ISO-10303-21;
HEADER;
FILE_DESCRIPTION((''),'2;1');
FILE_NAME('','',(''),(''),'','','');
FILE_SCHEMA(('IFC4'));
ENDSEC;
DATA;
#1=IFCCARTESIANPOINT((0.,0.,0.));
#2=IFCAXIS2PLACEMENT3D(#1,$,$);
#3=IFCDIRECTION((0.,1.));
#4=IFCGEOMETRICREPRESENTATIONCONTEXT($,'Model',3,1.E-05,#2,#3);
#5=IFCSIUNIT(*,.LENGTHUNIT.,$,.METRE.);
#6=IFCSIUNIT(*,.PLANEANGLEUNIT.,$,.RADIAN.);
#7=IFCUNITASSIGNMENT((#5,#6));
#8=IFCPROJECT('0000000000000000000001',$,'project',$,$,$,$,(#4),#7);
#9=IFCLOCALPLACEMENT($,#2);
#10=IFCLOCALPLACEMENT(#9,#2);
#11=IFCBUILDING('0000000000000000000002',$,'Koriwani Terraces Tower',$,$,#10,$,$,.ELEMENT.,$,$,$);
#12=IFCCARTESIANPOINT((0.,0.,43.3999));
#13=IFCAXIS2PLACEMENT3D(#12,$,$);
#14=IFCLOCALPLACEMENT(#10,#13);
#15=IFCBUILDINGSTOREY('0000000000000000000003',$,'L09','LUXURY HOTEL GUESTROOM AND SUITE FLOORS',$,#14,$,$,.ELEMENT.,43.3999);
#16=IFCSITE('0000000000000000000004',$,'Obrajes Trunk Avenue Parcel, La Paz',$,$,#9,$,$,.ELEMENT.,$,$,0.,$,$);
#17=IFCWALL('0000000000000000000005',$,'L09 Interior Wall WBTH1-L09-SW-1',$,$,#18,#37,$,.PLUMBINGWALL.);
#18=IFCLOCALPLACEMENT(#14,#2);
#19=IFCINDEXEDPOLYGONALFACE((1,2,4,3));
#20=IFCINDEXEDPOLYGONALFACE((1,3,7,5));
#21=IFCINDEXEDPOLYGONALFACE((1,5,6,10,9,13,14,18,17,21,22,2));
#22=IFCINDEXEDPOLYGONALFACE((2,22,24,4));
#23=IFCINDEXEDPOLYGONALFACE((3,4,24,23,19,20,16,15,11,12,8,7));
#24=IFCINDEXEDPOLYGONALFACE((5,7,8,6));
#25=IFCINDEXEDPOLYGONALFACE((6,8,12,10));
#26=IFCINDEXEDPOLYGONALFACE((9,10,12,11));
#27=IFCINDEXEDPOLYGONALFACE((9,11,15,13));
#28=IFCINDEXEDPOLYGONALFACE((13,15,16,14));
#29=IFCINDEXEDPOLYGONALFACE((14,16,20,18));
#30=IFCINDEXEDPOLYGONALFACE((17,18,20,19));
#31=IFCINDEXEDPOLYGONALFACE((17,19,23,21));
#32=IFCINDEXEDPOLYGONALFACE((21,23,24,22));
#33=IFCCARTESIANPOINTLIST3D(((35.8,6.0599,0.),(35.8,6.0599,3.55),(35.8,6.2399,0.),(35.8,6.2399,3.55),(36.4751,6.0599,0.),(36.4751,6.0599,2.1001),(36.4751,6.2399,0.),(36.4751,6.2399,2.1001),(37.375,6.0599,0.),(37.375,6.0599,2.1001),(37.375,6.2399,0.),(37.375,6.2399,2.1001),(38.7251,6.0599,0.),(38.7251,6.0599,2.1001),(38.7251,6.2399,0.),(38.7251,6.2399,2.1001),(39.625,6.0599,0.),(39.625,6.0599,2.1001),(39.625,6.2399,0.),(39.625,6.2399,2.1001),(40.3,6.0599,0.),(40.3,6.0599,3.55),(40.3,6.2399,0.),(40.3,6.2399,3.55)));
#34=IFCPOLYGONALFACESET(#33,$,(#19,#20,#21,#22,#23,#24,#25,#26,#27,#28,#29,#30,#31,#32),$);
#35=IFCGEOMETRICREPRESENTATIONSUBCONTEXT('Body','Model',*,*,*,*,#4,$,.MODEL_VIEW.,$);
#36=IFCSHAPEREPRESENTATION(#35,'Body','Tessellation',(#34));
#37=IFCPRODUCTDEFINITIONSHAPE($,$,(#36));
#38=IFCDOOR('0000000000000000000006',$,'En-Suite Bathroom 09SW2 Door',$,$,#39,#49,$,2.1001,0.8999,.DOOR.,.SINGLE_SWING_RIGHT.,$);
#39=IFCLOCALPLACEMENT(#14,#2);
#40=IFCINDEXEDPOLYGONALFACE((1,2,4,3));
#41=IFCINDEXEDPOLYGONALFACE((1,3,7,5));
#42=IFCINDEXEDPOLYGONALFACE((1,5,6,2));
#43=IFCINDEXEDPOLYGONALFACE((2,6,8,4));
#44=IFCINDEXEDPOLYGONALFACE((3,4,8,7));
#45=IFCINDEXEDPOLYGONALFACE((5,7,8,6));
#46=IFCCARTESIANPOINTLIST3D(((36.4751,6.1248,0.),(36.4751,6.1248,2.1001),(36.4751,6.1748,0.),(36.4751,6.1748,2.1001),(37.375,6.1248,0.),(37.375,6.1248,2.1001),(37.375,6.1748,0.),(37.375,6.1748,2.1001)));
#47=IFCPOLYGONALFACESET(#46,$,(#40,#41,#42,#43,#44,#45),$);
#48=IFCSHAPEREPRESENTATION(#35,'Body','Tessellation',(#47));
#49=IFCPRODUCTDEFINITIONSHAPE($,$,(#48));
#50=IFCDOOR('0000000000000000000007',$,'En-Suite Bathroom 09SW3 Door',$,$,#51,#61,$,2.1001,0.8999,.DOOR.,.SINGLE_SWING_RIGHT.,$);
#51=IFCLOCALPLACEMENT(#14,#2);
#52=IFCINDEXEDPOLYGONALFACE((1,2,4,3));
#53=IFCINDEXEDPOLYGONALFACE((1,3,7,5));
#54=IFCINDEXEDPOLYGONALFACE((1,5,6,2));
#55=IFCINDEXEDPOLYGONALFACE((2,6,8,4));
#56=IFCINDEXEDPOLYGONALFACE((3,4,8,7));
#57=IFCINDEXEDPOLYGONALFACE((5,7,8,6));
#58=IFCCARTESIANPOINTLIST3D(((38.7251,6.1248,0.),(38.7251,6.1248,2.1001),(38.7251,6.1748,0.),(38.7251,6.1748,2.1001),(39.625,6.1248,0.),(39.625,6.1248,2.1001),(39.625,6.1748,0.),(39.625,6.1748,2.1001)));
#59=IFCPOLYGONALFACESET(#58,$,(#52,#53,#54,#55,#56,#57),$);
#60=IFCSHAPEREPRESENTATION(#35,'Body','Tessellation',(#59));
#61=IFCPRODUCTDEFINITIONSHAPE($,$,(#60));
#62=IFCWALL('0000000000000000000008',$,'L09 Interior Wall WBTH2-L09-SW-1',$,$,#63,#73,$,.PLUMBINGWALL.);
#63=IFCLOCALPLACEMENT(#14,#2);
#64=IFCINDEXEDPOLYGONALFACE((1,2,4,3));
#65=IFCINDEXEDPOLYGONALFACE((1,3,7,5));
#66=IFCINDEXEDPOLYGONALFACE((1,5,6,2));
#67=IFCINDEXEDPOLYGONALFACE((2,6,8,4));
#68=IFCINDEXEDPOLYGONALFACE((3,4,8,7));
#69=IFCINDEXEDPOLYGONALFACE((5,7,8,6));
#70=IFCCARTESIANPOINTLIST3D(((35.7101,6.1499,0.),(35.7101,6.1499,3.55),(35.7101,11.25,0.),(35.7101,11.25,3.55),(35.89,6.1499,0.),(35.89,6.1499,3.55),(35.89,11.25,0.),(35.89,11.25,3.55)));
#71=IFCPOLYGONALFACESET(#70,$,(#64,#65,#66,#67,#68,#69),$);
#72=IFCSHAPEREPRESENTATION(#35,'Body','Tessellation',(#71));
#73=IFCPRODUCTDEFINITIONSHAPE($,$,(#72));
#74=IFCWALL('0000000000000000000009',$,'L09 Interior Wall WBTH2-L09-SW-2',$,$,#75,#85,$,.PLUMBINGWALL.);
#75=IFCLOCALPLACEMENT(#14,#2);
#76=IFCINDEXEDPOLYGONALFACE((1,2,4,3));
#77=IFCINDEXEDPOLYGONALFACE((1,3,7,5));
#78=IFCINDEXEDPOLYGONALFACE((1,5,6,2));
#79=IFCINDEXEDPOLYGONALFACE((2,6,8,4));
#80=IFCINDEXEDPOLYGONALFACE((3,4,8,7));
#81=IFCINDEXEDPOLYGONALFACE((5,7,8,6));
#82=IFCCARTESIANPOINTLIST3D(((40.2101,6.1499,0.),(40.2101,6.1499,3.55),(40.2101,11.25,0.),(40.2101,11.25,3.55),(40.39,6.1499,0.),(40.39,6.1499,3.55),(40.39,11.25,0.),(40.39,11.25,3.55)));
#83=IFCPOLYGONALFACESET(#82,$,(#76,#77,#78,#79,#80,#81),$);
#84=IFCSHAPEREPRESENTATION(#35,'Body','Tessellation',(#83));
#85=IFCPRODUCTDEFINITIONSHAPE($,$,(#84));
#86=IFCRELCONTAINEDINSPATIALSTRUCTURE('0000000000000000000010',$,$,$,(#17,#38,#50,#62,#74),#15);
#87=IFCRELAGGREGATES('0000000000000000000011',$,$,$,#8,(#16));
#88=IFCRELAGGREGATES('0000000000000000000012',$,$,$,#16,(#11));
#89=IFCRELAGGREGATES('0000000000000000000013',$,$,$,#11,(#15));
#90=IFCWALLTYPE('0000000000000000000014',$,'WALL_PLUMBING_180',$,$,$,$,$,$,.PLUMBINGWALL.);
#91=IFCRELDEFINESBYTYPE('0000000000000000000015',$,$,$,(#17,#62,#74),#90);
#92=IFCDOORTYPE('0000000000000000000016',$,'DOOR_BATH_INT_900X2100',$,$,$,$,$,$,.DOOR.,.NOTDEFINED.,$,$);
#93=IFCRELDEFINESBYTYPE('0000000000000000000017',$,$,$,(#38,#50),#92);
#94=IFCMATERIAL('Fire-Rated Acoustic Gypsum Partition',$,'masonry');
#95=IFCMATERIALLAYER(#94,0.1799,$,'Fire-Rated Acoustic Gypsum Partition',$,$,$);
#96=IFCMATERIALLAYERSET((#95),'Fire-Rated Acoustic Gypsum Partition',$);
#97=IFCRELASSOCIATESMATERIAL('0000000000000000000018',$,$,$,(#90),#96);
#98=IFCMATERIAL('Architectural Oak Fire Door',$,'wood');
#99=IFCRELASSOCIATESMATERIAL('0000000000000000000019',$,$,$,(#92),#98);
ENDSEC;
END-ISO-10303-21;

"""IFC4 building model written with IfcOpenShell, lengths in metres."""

from ifc_helpers import new_model, si_unit, direction, frame, frame_2d, origin, place, context, subcontext, project, spatial, rectangle, extrude, material, layer, layer_set, type_object, element, fill, save


model = new_model("IFC4")

# Units and contexts
model_context = context("Model", 3, precision=1e-05, world=origin(), true_north=direction((0.0, 1.0)))
body_context = subcontext(model_context, "Body", "Model", "MODEL_VIEW")
ifc_project = project(units=[si_unit("LENGTHUNIT", "METRE"), si_unit("PLANEANGLEUNIT", "RADIAN")], contexts=[model_context])

# Site, building, storey
site_placement = place(None, origin())
site = spatial("IfcSite", under=ifc_project, at=site_placement, Name="Obrajes Trunk Avenue Parcel, La Paz", CompositionType="ELEMENT", RefElevation=0.0)
building_placement = place(site_placement, origin())
building = spatial("IfcBuilding", under=site, at=building_placement, Name="Koriwani Terraces Tower", CompositionType="ELEMENT")
storey_placement = place(building_placement, frame((0.0, 0.0, 43.3999)))
storey = spatial("IfcBuildingStorey", under=building, at=storey_placement, Name="L09", Description="LUXURY HOTEL GUESTROOM AND SUITE FLOORS", CompositionType="ELEMENT", Elevation=43.3999)

# Shared definitions
ifc_material_1 = material(Name="Fire-Rated Acoustic Gypsum Partition", Category="masonry")
ifc_layer_1 = layer(ifc_material_1, 0.1799, Name="Fire-Rated Acoustic Gypsum Partition")
ifc_layer_set_1 = layer_set([ifc_layer_1], Name="Fire-Rated Acoustic Gypsum Partition")
wall_type_1 = type_object("IfcWallType", Name="WALL_PLUMBING_180", PredefinedType="PLUMBINGWALL", material=ifc_layer_set_1)

# Wall, openings, doors
wall_1_placement = place(storey_placement, frame((35.8, 6.1499, 0.0), z_axis=(0.0, 0.0, 1.0), x_axis=(1.0, 0.0, 0.0)))
wall_1 = element("IfcWall", 1, at=wall_1_placement, inside=storey, type_object=wall_type_1, Name="L09 Interior Wall WBTH1-L09-SW-1", PredefinedType="PLUMBINGWALL", context=body_context, shape_type="SweptSolid", body=[
    extrude(rectangle(XDim=4.5, YDim=0.1799, at=frame_2d((2.25, 0.0))), origin(), (0.0, 0.0, 1.0), 3.55),
])
opening_1_placement = place(wall_1_placement, frame((0.675, 0.0, 0.0)))
opening_1 = element("IfcOpeningElement", 2, at=opening_1_placement, cuts=wall_1, PredefinedType="OPENING", context=body_context, shape_type="SweptSolid", body=[
    extrude(rectangle(XDim=0.8999, YDim=2.1001, at=frame_2d((0.45, 1.05))), frame((0.0, 0.1001, 0.0), z_axis=(0.0, -1.0, 0.0), x_axis=(1.0, 0.0, 0.0)), (0.0, 0.0, 1.0), 0.2),
])
opening_2_placement = place(wall_1_placement, frame((2.925, 0.0, 0.0)))
opening_2 = element("IfcOpeningElement", 3, at=opening_2_placement, cuts=wall_1, PredefinedType="OPENING", context=body_context, shape_type="SweptSolid", body=[
    extrude(rectangle(XDim=0.8999, YDim=2.1001, at=frame_2d((0.45, 1.05))), frame((0.0, 0.1001, 0.0), z_axis=(0.0, -1.0, 0.0), x_axis=(1.0, 0.0, 0.0)), (0.0, 0.0, 1.0), 0.2),
])
ifc_material_2 = material(Name="Architectural Oak Fire Door", Category="wood")
door_type = type_object("IfcDoorType", Name="DOOR_BATH_INT_900X2100", OperationType="NOTDEFINED", PredefinedType="DOOR", material=ifc_material_2)
door_1_placement = place(opening_1_placement, origin())
door_1 = element("IfcDoor", 4, at=door_1_placement, inside=storey, type_object=door_type, Name="En-Suite Bathroom 09SW2 Door", OperationType="SINGLE_SWING_RIGHT", OverallHeight=2.1001, OverallWidth=0.8999, PredefinedType="DOOR", context=body_context, shape_type="SweptSolid", body=[
    extrude(rectangle(XDim=0.8999, YDim=2.1001, at=frame_2d((0.45, 1.05))), frame((0.0, 0.0249, 0.0), z_axis=(0.0, -1.0, 0.0), x_axis=(1.0, 0.0, 0.0)), (0.0, 0.0, 1.0), 0.05),
])
fill(opening_1, door_1)
door_2_placement = place(opening_2_placement, origin())
door_2 = element("IfcDoor", 5, at=door_2_placement, inside=storey, type_object=door_type, Name="En-Suite Bathroom 09SW3 Door", OperationType="SINGLE_SWING_RIGHT", OverallHeight=2.1001, OverallWidth=0.8999, PredefinedType="DOOR", context=body_context, shape_type="SweptSolid", body=[
    extrude(rectangle(XDim=0.8999, YDim=2.1001, at=frame_2d((0.45, 1.05))), frame((0.0, 0.0249, 0.0), z_axis=(0.0, -1.0, 0.0), x_axis=(1.0, 0.0, 0.0)), (0.0, 0.0, 1.0), 0.05),
])
fill(opening_2, door_2)

# Walls
for number, where, z_axis, x_axis, name in (
    (6, (35.8, 6.1499, 0.0), (0.0, 0.0, 1.0), (0.0, 1.0, 0.0), "L09 Interior Wall WBTH2-L09-SW-1"),
    (7, (40.3, 6.1499, 0.0), (0.0, 0.0, 1.0), (0.0, 1.0, 0.0), "L09 Interior Wall WBTH2-L09-SW-2"),
):
    element("IfcWall", number, at=place(storey_placement, frame(where, z_axis=z_axis, x_axis=x_axis)), inside=storey, type_object=wall_type_1, Name=name, PredefinedType="PLUMBINGWALL", context=body_context, shape_type="SweptSolid", body=[
        extrude(rectangle(XDim=5.1001, YDim=0.1799, at=frame_2d((2.55, 0.0))), origin(), (0.0, 0.0, 1.0), 3.55),
    ])

save(model, "model.ifc")
